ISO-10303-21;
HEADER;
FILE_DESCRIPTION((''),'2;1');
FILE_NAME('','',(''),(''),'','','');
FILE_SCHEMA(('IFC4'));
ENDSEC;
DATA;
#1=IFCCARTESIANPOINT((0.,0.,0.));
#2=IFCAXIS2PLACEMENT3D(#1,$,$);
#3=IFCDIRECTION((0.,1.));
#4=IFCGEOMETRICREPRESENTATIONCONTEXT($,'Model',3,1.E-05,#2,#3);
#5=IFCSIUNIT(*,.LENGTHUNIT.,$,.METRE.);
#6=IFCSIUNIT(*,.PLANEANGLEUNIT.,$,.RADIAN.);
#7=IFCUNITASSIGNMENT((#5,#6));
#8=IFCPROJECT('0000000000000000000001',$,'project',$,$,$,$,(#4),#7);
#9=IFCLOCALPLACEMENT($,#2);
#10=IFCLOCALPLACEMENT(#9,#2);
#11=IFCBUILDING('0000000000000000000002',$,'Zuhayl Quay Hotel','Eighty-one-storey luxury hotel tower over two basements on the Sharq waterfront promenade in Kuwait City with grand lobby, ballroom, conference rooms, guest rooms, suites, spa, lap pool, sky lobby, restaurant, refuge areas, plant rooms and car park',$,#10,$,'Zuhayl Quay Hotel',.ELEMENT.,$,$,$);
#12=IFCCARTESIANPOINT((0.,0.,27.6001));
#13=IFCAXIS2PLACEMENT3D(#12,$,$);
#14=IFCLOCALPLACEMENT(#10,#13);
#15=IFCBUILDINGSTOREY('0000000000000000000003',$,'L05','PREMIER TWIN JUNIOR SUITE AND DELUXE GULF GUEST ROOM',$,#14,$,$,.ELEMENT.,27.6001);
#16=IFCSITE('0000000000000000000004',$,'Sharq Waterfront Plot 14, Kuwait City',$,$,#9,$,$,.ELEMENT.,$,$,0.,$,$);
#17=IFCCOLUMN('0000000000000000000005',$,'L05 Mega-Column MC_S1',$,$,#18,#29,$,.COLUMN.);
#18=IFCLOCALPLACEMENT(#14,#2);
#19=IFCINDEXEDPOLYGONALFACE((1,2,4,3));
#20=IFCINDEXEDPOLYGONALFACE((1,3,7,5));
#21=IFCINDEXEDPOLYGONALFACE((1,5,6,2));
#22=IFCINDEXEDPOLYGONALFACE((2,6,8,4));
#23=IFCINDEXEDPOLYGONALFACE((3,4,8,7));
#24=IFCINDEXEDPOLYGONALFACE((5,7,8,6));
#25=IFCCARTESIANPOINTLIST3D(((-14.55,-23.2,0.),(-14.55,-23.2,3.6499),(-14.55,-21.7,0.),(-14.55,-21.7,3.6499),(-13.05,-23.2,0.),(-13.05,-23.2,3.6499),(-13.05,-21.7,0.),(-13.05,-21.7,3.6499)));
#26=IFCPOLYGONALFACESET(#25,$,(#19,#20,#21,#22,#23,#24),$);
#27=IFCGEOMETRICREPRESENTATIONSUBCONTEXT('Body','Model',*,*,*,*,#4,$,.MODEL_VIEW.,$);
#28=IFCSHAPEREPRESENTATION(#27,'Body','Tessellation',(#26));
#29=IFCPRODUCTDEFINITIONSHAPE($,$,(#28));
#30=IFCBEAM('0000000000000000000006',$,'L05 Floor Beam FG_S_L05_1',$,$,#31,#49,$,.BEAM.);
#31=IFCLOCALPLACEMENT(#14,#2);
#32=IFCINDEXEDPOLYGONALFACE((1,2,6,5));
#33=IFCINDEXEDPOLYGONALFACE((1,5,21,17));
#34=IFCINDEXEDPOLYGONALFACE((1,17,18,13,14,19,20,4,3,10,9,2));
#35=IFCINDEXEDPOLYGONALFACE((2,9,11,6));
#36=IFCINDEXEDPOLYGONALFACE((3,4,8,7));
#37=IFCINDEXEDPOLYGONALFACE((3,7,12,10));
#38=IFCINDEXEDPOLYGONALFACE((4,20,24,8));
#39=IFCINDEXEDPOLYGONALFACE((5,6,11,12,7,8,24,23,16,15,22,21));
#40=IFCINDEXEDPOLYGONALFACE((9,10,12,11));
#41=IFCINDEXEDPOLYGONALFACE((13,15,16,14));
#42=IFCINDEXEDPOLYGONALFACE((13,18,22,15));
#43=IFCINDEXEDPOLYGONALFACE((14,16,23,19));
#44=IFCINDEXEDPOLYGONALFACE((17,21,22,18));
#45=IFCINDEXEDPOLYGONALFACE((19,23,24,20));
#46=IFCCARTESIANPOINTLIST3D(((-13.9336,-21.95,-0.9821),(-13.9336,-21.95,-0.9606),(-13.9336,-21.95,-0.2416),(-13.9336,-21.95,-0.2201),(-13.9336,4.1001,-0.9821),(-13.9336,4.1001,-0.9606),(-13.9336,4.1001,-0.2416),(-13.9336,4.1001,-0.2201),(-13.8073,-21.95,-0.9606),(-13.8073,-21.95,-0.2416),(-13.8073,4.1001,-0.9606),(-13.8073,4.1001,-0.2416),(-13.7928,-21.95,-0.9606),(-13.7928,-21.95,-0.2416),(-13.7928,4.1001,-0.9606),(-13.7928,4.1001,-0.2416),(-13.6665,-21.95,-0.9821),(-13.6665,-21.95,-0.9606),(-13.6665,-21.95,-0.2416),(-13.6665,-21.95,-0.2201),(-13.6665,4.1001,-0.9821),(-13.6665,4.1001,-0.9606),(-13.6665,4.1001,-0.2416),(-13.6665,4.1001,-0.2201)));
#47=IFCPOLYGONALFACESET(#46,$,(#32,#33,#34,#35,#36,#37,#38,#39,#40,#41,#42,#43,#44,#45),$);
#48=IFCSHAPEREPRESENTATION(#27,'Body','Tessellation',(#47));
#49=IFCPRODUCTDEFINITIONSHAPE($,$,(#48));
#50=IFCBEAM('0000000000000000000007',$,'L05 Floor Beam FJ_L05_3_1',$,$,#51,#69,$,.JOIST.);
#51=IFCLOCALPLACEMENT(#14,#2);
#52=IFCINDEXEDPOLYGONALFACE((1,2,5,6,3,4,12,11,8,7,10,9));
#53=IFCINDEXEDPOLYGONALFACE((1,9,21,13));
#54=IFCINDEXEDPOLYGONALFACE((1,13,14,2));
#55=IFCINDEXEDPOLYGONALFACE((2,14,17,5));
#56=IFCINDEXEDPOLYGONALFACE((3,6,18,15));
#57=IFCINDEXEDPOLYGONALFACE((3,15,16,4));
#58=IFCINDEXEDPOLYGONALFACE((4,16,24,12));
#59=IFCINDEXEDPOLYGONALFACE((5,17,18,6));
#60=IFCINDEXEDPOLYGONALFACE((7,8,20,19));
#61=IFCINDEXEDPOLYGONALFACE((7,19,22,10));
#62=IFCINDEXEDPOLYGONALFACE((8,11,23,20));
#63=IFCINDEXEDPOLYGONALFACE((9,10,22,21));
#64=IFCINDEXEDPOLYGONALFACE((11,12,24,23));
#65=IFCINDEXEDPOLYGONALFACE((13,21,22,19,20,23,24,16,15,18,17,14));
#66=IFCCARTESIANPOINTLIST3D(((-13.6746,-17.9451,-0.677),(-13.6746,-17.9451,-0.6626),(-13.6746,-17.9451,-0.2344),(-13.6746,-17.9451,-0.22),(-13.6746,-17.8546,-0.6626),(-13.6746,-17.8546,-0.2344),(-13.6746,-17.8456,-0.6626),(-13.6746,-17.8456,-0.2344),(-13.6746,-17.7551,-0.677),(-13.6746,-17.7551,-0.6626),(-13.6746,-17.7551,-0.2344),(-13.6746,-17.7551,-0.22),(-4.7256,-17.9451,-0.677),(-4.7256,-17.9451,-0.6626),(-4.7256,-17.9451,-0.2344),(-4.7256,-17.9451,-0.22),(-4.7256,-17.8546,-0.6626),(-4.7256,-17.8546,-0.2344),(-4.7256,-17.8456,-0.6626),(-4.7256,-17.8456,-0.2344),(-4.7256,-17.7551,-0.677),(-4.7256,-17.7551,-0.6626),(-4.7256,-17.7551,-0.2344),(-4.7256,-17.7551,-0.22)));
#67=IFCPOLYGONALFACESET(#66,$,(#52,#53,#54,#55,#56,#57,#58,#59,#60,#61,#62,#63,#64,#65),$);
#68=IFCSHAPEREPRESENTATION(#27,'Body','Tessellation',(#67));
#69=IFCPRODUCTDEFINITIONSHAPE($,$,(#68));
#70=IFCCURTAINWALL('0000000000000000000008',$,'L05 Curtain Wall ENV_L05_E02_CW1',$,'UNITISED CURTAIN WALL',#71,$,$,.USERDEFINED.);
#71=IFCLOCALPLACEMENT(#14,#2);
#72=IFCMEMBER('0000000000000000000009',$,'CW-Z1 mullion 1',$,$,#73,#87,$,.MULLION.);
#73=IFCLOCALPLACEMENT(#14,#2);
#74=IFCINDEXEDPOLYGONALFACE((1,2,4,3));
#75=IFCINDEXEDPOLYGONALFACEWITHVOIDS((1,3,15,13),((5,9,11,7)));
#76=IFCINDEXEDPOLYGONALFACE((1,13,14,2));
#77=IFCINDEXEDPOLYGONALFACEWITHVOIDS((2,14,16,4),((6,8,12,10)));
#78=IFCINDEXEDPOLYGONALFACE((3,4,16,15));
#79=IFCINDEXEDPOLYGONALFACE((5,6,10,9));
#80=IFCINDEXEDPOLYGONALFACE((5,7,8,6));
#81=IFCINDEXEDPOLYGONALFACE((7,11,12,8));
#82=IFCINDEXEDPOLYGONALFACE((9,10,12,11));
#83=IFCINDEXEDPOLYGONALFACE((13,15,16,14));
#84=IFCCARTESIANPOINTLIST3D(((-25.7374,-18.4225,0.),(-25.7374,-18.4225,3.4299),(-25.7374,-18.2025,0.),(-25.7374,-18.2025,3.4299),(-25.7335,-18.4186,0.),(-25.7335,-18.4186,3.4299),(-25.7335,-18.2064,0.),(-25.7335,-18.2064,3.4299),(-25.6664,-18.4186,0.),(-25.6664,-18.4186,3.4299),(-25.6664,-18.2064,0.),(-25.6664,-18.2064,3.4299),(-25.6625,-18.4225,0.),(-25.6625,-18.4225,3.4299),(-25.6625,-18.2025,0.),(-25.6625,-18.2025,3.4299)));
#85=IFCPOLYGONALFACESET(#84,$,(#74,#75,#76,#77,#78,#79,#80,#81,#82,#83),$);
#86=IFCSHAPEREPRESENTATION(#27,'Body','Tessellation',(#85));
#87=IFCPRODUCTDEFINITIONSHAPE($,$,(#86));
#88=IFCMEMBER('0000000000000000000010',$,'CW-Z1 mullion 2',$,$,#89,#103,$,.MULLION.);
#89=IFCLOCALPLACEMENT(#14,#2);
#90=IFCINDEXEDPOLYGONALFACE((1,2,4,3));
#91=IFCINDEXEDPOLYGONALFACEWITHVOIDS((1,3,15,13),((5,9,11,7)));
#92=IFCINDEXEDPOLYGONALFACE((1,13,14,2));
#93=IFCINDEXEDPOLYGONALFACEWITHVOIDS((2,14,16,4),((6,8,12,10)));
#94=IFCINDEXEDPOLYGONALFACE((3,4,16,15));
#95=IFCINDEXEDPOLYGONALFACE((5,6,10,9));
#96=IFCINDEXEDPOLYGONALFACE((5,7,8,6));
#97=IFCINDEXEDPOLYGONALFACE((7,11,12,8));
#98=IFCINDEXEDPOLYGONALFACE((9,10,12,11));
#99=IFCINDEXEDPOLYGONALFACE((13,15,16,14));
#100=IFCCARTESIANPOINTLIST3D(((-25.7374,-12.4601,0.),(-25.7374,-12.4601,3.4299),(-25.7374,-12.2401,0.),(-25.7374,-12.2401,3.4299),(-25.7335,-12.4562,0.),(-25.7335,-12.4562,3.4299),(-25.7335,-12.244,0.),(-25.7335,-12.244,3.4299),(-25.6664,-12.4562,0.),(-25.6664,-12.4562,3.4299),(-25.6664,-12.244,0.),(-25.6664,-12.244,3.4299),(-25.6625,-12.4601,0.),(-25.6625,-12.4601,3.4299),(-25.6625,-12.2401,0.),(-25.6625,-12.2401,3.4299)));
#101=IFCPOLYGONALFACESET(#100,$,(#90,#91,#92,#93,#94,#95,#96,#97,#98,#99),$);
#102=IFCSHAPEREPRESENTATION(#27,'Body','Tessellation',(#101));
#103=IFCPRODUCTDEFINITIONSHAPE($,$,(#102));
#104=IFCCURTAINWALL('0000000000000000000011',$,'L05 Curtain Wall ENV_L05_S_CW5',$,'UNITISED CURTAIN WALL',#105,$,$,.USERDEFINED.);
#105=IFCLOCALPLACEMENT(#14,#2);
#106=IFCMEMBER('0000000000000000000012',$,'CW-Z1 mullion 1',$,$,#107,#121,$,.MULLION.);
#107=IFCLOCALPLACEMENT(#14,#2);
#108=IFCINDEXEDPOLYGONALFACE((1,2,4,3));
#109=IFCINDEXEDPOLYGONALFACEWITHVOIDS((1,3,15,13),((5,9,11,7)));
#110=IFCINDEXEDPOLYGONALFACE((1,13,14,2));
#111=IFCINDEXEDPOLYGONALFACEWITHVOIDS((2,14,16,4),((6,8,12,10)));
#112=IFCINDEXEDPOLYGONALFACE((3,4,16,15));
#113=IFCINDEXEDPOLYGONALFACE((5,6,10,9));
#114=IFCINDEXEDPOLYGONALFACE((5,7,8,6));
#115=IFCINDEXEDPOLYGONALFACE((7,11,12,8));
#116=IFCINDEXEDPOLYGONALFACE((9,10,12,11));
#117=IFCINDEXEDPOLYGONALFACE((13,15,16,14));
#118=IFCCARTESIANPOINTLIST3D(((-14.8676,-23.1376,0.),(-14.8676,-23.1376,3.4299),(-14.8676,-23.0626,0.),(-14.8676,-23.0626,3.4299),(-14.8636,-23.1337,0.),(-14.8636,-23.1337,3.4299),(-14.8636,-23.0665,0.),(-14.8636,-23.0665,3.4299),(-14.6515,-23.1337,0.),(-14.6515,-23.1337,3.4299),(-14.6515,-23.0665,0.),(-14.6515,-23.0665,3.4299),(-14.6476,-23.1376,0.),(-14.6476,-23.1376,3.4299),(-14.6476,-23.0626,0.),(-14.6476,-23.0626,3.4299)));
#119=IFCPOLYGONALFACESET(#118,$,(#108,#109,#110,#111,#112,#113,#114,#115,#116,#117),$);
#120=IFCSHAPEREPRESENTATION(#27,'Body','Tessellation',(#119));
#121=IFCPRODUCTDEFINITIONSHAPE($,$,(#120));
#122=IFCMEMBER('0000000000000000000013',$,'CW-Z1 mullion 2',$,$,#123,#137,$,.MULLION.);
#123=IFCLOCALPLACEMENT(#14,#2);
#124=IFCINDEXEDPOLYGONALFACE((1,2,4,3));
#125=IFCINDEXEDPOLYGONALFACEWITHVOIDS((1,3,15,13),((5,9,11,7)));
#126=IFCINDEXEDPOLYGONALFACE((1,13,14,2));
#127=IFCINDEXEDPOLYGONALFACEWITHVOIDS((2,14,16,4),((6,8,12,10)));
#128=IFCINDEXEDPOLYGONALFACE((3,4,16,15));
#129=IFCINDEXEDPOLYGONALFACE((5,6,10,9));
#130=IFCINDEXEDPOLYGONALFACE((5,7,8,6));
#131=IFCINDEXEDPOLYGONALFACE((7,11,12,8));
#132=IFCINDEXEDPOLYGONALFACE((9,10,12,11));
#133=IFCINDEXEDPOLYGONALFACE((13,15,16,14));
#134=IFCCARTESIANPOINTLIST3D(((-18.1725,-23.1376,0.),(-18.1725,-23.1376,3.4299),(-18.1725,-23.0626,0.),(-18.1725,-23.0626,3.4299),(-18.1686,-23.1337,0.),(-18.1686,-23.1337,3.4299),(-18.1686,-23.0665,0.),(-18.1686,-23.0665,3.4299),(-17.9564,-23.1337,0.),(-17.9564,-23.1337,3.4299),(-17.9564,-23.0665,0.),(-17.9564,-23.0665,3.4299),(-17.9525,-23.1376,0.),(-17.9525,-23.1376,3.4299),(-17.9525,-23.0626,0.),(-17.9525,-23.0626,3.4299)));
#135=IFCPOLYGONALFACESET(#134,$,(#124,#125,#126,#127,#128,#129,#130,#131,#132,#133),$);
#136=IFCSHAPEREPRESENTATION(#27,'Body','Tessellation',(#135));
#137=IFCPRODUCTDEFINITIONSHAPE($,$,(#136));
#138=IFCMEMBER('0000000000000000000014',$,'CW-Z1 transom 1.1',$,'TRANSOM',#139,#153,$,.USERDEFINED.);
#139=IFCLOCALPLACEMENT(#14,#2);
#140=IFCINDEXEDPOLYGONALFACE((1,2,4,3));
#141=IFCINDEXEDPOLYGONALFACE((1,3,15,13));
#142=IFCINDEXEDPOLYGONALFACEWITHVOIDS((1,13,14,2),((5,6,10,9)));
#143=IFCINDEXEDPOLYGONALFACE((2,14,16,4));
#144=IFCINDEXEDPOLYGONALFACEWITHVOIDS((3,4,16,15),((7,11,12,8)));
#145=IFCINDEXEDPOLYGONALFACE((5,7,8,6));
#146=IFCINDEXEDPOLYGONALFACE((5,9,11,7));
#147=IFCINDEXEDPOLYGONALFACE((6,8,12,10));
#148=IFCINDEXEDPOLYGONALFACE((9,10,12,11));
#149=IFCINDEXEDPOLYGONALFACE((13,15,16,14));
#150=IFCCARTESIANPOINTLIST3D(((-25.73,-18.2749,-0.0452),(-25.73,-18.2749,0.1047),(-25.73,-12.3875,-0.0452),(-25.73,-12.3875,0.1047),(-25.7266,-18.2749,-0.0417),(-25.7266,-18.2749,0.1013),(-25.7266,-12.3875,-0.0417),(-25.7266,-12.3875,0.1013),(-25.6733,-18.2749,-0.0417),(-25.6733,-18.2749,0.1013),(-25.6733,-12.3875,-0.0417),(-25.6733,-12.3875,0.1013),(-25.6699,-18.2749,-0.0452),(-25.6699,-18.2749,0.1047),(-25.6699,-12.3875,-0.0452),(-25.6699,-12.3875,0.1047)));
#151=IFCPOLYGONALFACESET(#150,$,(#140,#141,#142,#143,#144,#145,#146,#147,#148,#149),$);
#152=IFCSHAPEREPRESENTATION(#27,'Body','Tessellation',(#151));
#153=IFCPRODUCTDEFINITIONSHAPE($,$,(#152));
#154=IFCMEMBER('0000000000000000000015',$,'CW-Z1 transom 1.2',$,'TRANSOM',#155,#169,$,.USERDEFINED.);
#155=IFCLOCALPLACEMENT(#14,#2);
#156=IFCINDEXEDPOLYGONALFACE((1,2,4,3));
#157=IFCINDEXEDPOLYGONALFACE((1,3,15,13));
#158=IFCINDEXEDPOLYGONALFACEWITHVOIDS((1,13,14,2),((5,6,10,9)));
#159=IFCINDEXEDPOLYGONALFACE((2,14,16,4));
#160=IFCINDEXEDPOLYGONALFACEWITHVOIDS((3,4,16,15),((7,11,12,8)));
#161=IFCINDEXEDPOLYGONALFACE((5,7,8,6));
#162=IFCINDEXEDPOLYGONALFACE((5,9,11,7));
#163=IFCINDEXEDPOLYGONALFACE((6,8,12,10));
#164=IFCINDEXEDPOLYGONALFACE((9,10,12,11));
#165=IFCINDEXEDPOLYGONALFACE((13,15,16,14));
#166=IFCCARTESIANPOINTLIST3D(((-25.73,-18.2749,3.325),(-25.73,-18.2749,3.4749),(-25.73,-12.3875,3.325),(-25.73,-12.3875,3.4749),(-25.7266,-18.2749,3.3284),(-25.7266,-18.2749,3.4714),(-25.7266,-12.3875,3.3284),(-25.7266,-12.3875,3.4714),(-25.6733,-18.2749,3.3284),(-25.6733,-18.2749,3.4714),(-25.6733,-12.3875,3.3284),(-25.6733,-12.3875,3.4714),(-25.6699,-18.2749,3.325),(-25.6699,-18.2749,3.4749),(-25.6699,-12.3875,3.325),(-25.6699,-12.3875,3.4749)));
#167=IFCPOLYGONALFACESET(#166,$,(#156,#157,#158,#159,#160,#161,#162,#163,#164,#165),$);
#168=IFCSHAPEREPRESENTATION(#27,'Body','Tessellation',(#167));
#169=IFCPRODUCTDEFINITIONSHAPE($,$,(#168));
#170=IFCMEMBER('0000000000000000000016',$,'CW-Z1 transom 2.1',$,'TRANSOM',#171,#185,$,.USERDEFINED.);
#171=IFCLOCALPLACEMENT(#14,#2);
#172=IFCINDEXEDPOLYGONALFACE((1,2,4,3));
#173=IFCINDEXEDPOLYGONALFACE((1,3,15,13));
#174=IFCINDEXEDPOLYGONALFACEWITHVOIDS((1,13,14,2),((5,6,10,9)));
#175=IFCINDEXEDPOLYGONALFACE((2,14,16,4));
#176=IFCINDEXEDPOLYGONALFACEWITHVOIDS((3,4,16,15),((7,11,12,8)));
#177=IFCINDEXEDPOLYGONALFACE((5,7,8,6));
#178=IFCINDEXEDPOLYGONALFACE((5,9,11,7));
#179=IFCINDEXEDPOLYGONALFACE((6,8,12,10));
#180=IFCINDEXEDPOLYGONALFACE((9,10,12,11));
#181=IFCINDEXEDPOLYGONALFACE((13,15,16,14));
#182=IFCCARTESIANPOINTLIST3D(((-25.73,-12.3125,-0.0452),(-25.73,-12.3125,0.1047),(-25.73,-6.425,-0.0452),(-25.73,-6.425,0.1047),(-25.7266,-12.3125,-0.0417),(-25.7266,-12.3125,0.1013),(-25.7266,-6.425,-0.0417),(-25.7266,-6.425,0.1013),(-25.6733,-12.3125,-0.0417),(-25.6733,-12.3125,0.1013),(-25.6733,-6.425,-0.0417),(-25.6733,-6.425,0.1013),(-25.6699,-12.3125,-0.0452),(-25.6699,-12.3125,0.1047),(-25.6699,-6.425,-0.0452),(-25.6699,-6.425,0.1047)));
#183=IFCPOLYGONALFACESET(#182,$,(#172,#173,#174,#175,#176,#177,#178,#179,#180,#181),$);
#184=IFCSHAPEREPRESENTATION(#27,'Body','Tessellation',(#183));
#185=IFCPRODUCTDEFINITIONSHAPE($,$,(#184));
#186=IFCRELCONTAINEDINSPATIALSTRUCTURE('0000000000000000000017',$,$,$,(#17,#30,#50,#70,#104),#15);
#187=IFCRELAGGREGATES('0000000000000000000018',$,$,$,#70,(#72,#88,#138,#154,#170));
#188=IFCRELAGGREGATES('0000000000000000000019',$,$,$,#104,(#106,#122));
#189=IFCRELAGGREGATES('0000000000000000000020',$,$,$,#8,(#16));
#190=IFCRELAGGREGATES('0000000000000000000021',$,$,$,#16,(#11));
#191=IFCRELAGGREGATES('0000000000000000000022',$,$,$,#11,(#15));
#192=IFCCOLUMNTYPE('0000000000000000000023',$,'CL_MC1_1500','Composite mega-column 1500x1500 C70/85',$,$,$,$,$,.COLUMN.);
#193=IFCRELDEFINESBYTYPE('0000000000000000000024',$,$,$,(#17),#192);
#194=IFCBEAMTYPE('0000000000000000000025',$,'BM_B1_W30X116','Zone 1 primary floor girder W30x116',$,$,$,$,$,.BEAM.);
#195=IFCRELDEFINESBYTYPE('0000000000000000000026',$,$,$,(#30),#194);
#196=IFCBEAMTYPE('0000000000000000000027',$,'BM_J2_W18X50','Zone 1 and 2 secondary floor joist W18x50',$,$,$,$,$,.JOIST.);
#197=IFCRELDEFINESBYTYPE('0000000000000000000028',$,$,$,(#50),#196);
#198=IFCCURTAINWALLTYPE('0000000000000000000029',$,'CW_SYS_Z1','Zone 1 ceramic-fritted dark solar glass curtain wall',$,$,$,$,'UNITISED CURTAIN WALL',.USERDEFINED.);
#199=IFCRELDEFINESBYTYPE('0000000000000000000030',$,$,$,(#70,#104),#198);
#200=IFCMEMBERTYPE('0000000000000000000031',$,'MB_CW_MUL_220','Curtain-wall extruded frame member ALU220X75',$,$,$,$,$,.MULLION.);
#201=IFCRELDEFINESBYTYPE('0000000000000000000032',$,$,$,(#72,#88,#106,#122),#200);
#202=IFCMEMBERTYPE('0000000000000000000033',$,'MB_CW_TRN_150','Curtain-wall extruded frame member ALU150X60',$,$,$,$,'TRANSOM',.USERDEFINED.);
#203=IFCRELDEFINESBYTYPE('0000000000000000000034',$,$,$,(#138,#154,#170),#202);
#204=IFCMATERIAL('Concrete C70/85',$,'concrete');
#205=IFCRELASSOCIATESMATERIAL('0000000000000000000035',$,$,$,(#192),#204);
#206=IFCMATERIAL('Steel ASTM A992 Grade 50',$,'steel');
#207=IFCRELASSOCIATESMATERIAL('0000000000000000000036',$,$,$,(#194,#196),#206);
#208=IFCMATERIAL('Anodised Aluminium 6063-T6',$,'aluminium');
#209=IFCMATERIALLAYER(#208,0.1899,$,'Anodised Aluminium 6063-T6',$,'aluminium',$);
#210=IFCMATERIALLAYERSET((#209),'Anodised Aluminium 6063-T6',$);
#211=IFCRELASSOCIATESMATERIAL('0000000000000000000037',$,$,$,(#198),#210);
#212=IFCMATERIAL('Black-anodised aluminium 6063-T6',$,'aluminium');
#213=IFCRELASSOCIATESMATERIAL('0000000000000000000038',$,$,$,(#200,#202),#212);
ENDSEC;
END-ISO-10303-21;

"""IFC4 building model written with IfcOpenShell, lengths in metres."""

from ifc_helpers import new_model, si_unit, direction, frame, origin, origin_2d, place, context, subcontext, project, spatial, rectangle, hollow_rectangle, i_section, extrude, material, layer, layer_set, material_profile, profile_set, type_object, element, aggregate, save


model = new_model("IFC4")

# Units and contexts
model_context = context("Model", 3, precision=1e-05, world=origin(), true_north=direction((0.0, 1.0)))
body_context = subcontext(model_context, "Body", "Model", "MODEL_VIEW")
ifc_project = project(units=[si_unit("LENGTHUNIT", "METRE"), si_unit("PLANEANGLEUNIT", "RADIAN")], contexts=[model_context])

# Site, building, storey
site_placement = place(None, origin())
site = spatial("IfcSite", under=ifc_project, at=site_placement, Name="Sharq Waterfront Plot 14, Kuwait City", CompositionType="ELEMENT", RefElevation=0.0)
building_placement = place(site_placement, origin())
building = spatial("IfcBuilding", under=site, at=building_placement, Name="Zuhayl Quay Hotel", Description="Eighty-one-storey luxury hotel tower over two basements on the Sharq waterfront promenade in Kuwait City with grand lobby, ballroom, conference rooms, guest rooms, suites, spa, lap pool, sky lobby, restaurant, refuge areas, plant rooms and car park", LongName="Zuhayl Quay Hotel", CompositionType="ELEMENT")
storey_placement = place(building_placement, frame((0.0, 0.0, 27.6001)))
storey = spatial("IfcBuildingStorey", under=building, at=storey_placement, Name="L05", Description="PREMIER TWIN JUNIOR SUITE AND DELUXE GULF GUEST ROOM", CompositionType="ELEMENT", Elevation=27.6001)

# Column
ifc_material_1 = material(Name="Concrete C70/85", Category="concrete")
ifc_material_profile_1 = material_profile(ifc_material_1, rectangle(XDim=1.5, YDim=1.5, at=origin_2d()), Name="RC1500X1500")
ifc_profile_set_1 = profile_set([ifc_material_profile_1], Name="Concrete C70/85")
column_type = type_object("IfcColumnType", Name="CL_MC1_1500", Description="Composite mega-column 1500x1500 C70/85", PredefinedType="COLUMN", material=ifc_profile_set_1)
column_placement = place(storey_placement, frame((-13.8, -22.45, 0.0), z_axis=(0.0, 0.0, 1.0), x_axis=(1.0, 0.0, 0.0)))
element("IfcColumn", 1, at=column_placement, inside=storey, type_object=column_type, Name="L05 Mega-Column MC_S1", PredefinedType="COLUMN", context=body_context, shape_type="SweptSolid", body=[
    extrude(rectangle(XDim=1.5, YDim=1.5, at=origin_2d()), origin(), (0.0, 0.0, 1.0), 3.6499),
])

# Beams
ifc_material_2 = material(Name="Steel ASTM A992 Grade 50", Category="steel")
ifc_material_profile_2 = material_profile(ifc_material_2, i_section(OverallWidth=0.2671, OverallDepth=0.762, WebThickness=0.0144, FlangeThickness=0.0215, at=origin_2d()), Name="W30X116")
ifc_profile_set_2 = profile_set([ifc_material_profile_2], Name="Steel ASTM A992 Grade 50")
beam_type_1 = type_object("IfcBeamType", Name="BM_B1_W30X116", Description="Zone 1 primary floor girder W30x116", PredefinedType="BEAM", material=ifc_profile_set_2)
beam_1_placement = place(storey_placement, frame((-13.8, -21.95, -0.6011), z_axis=(0.0, 1.0, 0.0), x_axis=(-1.0, 0.0, 0.0)))
element("IfcBeam", 2, at=beam_1_placement, inside=storey, type_object=beam_type_1, Name="L05 Floor Beam FG_S_L05_1", PredefinedType="BEAM", context=body_context, shape_type="SweptSolid", body=[
    extrude(i_section(OverallWidth=0.2671, OverallDepth=0.762, WebThickness=0.0144, FlangeThickness=0.0215, at=origin_2d()), origin(), (0.0, 0.0, 1.0), 26.05),
])
ifc_material_profile_3 = material_profile(ifc_material_2, i_section(OverallWidth=0.1899, OverallDepth=0.457, WebThickness=0.009, FlangeThickness=0.0144, at=origin_2d()), Name="W18X50")
ifc_profile_set_3 = profile_set([ifc_material_profile_3], Name="Steel ASTM A992 Grade 50")
beam_type_2 = type_object("IfcBeamType", Name="BM_J2_W18X50", Description="Zone 1 and 2 secondary floor joist W18x50", PredefinedType="JOIST", material=ifc_profile_set_3)
beam_2_placement = place(storey_placement, frame((-13.6746, -17.8501, -0.4485), z_axis=(1.0, 0.0, 0.0), x_axis=(0.0, 1.0, 0.0)))
element("IfcBeam", 3, at=beam_2_placement, inside=storey, type_object=beam_type_2, Name="L05 Floor Beam FJ_L05_3_1", PredefinedType="JOIST", context=body_context, shape_type="SweptSolid", body=[
    extrude(i_section(OverallWidth=0.1899, OverallDepth=0.457, WebThickness=0.009, FlangeThickness=0.0144, at=origin_2d()), origin(), (0.0, 0.0, 1.0), 8.949),
])

# Curtain walls, members
ifc_material_3 = material(Name="Anodised Aluminium 6063-T6", Category="aluminium")
ifc_layer_1 = layer(ifc_material_3, 0.1899, Name="Anodised Aluminium 6063-T6", Category="aluminium")
ifc_layer_set_1 = layer_set([ifc_layer_1], Name="Anodised Aluminium 6063-T6")
curtain_wall_type = type_object("IfcCurtainWallType", Name="CW_SYS_Z1", Description="Zone 1 ceramic-fritted dark solar glass curtain wall", ElementType="UNITISED CURTAIN WALL", PredefinedType="USERDEFINED", material=ifc_layer_set_1)
curtain_wall_1_placement = place(storey_placement, origin())
curtain_wall_1 = element("IfcCurtainWall", 4, at=curtain_wall_1_placement, inside=storey, type_object=curtain_wall_type, Name="L05 Curtain Wall ENV_L05_E02_CW1", ObjectType="UNITISED CURTAIN WALL", PredefinedType="USERDEFINED")
ifc_material_4 = material(Name="Black-anodised aluminium 6063-T6", Category="aluminium")
ifc_material_profile_4 = material_profile(ifc_material_4, hollow_rectangle(XDim=0.075, YDim=0.22, WallThickness=0.0039, at=origin_2d()), Name="ALU220X75")
ifc_profile_set_4 = profile_set([ifc_material_profile_4], Name="Black-anodised aluminium 6063-T6")
member_type_1 = type_object("IfcMemberType", Name="MB_CW_MUL_220", Description="Curtain-wall extruded frame member ALU220X75", PredefinedType="MULLION", material=ifc_profile_set_4)
member_1_placement = place(storey_placement, frame((-25.7, -18.3125, 0.0), z_axis=(0.0, 0.0, 1.0), x_axis=(-1.0, 0.0, 0.0)))
member_1 = element("IfcMember", 5, at=member_1_placement, type_object=member_type_1, Name="CW-Z1 mullion 1", PredefinedType="MULLION", context=body_context, shape_type="SweptSolid", body=[
    extrude(hollow_rectangle(XDim=0.075, YDim=0.22, WallThickness=0.0039, at=origin_2d()), origin(), (0.0, 0.0, 1.0), 3.4299),
])
member_2_placement = place(storey_placement, frame((-25.7, -12.3501, 0.0), z_axis=(0.0, 0.0, 1.0), x_axis=(-1.0, 0.0, 0.0)))
member_2 = element("IfcMember", 6, at=member_2_placement, type_object=member_type_1, Name="CW-Z1 mullion 2", PredefinedType="MULLION", context=body_context, shape_type="SweptSolid", body=[
    extrude(hollow_rectangle(XDim=0.075, YDim=0.22, WallThickness=0.0039, at=origin_2d()), origin(), (0.0, 0.0, 1.0), 3.4299),
])
curtain_wall_2_placement = place(storey_placement, origin())
curtain_wall_2 = element("IfcCurtainWall", 7, at=curtain_wall_2_placement, inside=storey, type_object=curtain_wall_type, Name="L05 Curtain Wall ENV_L05_S_CW5", ObjectType="UNITISED CURTAIN WALL", PredefinedType="USERDEFINED")
member_3_placement = place(storey_placement, frame((-14.7576, -23.1001, 0.0), z_axis=(0.0, 0.0, 1.0), x_axis=(0.0, -1.0, 0.0)))
member_3 = element("IfcMember", 8, at=member_3_placement, type_object=member_type_1, Name="CW-Z1 mullion 1", PredefinedType="MULLION", context=body_context, shape_type="SweptSolid", body=[
    extrude(hollow_rectangle(XDim=0.075, YDim=0.22, WallThickness=0.0039, at=origin_2d()), origin(), (0.0, 0.0, 1.0), 3.4299),
])
member_4_placement = place(storey_placement, frame((-18.0625, -23.1001, 0.0), z_axis=(0.0, 0.0, 1.0), x_axis=(0.0, -1.0, 0.0)))
member_4 = element("IfcMember", 9, at=member_4_placement, type_object=member_type_1, Name="CW-Z1 mullion 2", PredefinedType="MULLION", context=body_context, shape_type="SweptSolid", body=[
    extrude(hollow_rectangle(XDim=0.075, YDim=0.22, WallThickness=0.0039, at=origin_2d()), origin(), (0.0, 0.0, 1.0), 3.4299),
])

# Members
ifc_material_profile_5 = material_profile(ifc_material_4, hollow_rectangle(XDim=0.0601, YDim=0.1499, WallThickness=0.0034, at=origin_2d()), Name="ALU150X60")
ifc_profile_set_5 = profile_set([ifc_material_profile_5], Name="Black-anodised aluminium 6063-T6")
member_type_2 = type_object("IfcMemberType", Name="MB_CW_TRN_150", Description="Curtain-wall extruded frame member ALU150X60", ElementType="TRANSOM", PredefinedType="USERDEFINED", material=ifc_profile_set_5)
member_5_placement = place(storey_placement, frame((-25.7, -18.2749, 0.0298), z_axis=(0.0, 1.0, 0.0), x_axis=(-1.0, 0.0, 0.0)))
member_5 = element("IfcMember", 10, at=member_5_placement, type_object=member_type_2, Name="CW-Z1 transom 1.1", ObjectType="TRANSOM", PredefinedType="USERDEFINED", context=body_context, shape_type="SweptSolid", body=[
    extrude(hollow_rectangle(XDim=0.0601, YDim=0.1499, WallThickness=0.0034, at=origin_2d()), origin(), (0.0, 0.0, 1.0), 5.8875),
])
member_6_placement = place(storey_placement, frame((-25.7, -18.2749, 3.3999), z_axis=(0.0, 1.0, 0.0), x_axis=(-1.0, 0.0, 0.0)))
member_6 = element("IfcMember", 11, at=member_6_placement, type_object=member_type_2, Name="CW-Z1 transom 1.2", ObjectType="TRANSOM", PredefinedType="USERDEFINED", context=body_context, shape_type="SweptSolid", body=[
    extrude(hollow_rectangle(XDim=0.0601, YDim=0.1499, WallThickness=0.0034, at=origin_2d()), origin(), (0.0, 0.0, 1.0), 5.8875),
])
member_7_placement = place(storey_placement, frame((-25.7, -12.3125, 0.0298), z_axis=(0.0, 1.0, 0.0), x_axis=(-1.0, 0.0, 0.0)))
member_7 = element("IfcMember", 12, at=member_7_placement, type_object=member_type_2, Name="CW-Z1 transom 2.1", ObjectType="TRANSOM", PredefinedType="USERDEFINED", context=body_context, shape_type="SweptSolid", body=[
    extrude(hollow_rectangle(XDim=0.0601, YDim=0.1499, WallThickness=0.0034, at=origin_2d()), origin(), (0.0, 0.0, 1.0), 5.8875),
])

aggregate(curtain_wall_1, [member_1, member_2, member_5, member_6, member_7])
aggregate(curtain_wall_2, [member_3, member_4])

save(model, "model.ifc")
